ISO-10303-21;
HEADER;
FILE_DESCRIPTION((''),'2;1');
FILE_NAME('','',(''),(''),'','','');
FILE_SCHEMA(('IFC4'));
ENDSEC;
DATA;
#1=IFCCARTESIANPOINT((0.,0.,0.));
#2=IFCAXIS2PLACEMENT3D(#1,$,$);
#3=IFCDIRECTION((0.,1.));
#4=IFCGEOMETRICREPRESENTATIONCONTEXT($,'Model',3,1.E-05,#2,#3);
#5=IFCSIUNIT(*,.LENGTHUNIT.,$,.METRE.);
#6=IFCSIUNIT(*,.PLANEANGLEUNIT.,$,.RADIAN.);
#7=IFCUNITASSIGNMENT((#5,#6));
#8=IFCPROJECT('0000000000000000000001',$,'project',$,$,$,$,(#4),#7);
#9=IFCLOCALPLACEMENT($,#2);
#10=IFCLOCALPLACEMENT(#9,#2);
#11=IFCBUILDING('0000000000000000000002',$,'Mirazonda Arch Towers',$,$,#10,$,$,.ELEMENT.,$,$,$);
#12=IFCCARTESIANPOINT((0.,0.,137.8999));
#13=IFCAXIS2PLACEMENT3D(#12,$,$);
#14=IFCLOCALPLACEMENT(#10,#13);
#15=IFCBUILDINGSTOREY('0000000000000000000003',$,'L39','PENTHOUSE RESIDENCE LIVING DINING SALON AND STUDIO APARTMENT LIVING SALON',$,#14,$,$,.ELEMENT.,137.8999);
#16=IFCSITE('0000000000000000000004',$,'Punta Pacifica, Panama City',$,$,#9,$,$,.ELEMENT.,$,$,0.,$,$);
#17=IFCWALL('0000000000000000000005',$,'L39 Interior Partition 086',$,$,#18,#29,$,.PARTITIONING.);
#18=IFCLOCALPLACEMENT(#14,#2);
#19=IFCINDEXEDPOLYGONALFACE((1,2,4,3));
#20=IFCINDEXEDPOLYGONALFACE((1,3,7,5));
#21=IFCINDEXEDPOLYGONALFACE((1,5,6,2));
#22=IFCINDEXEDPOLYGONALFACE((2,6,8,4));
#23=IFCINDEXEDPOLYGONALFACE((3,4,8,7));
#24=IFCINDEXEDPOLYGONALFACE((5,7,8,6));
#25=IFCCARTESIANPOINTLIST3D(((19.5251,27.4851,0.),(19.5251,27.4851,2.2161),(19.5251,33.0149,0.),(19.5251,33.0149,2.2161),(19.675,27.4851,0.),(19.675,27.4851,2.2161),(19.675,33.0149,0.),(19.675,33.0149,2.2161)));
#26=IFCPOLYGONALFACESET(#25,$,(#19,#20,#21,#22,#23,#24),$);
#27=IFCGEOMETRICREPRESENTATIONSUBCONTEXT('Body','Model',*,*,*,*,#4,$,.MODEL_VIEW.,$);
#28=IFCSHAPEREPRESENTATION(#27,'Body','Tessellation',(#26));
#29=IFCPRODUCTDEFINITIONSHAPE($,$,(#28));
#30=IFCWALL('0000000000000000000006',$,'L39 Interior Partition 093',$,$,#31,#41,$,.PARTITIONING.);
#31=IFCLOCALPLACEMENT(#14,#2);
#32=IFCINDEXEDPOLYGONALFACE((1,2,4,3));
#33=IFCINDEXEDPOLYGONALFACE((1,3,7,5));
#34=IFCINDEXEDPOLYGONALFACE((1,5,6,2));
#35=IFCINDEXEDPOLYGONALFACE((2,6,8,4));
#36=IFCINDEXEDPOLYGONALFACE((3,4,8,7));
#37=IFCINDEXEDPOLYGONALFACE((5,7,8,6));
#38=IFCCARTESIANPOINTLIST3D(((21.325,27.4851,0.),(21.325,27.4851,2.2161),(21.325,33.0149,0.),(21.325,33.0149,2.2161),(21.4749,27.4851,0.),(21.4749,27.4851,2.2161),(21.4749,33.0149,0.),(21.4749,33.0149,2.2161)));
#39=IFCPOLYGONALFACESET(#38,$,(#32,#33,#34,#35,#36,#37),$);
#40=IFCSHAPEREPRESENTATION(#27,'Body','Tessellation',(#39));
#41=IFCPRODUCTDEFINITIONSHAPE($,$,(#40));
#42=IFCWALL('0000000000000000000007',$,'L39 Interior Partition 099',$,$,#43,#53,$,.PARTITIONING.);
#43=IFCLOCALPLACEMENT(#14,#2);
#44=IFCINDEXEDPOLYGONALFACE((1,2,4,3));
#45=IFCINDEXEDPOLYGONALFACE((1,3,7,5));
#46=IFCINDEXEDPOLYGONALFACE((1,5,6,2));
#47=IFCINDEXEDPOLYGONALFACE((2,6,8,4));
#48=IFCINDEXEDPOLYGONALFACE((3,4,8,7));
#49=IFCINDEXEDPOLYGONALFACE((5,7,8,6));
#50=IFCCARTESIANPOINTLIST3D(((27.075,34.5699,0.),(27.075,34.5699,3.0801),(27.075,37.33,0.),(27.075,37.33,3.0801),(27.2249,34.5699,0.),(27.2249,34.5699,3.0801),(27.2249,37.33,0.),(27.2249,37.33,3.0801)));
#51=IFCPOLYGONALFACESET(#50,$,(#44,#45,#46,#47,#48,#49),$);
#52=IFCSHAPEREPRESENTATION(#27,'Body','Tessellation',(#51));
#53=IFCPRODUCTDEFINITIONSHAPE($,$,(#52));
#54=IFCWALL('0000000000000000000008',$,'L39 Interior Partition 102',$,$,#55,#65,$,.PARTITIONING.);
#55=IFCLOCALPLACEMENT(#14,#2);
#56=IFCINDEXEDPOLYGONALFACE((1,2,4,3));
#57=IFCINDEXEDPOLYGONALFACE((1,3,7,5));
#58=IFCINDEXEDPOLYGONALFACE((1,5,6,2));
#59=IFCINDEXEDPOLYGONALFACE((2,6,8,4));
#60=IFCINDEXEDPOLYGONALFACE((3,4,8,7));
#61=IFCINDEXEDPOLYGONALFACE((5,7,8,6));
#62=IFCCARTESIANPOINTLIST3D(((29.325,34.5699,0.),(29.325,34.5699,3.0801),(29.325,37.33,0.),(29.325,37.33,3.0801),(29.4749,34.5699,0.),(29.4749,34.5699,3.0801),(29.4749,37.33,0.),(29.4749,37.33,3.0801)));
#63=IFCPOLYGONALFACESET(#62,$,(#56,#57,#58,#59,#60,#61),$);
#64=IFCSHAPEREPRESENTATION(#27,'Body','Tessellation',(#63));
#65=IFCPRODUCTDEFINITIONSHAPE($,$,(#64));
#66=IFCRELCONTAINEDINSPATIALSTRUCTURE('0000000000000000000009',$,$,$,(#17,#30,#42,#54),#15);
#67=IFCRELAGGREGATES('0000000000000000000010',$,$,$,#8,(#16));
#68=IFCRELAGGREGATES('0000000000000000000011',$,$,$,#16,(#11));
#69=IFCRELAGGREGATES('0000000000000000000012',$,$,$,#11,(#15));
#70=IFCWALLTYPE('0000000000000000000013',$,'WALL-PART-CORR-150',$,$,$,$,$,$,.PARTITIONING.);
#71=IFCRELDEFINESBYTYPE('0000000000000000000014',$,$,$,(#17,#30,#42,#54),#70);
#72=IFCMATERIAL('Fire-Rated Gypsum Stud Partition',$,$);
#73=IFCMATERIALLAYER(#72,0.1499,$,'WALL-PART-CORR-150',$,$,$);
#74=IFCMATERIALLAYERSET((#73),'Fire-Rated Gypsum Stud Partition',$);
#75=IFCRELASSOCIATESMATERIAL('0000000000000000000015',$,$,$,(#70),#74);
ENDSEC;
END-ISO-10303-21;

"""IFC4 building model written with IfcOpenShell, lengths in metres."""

from ifc_helpers import new_model, si_unit, direction, frame, frame_2d, origin, place, context, subcontext, project, spatial, rectangle, extrude, material, layer, layer_set, type_object, element, save


model = new_model("IFC4")

# Units and contexts
model_context = context("Model", 3, precision=1e-05, world=origin(), true_north=direction((0.0, 1.0)))
body_context = subcontext(model_context, "Body", "Model", "MODEL_VIEW")
ifc_project = project(units=[si_unit("LENGTHUNIT", "METRE"), si_unit("PLANEANGLEUNIT", "RADIAN")], contexts=[model_context])

# Site, building, storey
site_placement = place(None, origin())
site = spatial("IfcSite", under=ifc_project, at=site_placement, Name="Punta Pacifica, Panama City", CompositionType="ELEMENT", RefElevation=0.0)
building_placement = place(site_placement, origin())
building = spatial("IfcBuilding", under=site, at=building_placement, Name="Mirazonda Arch Towers", CompositionType="ELEMENT")
storey_placement = place(building_placement, frame((0.0, 0.0, 137.8999)))
storey = spatial("IfcBuildingStorey", under=building, at=storey_placement, Name="L39", Description="PENTHOUSE RESIDENCE LIVING DINING SALON AND STUDIO APARTMENT LIVING SALON", CompositionType="ELEMENT", Elevation=137.8999)

# Shared definitions
ifc_material_1 = material(Name="Fire-Rated Gypsum Stud Partition")
ifc_layer_1 = layer(ifc_material_1, 0.1499, Name="WALL-PART-CORR-150")
ifc_layer_set_1 = layer_set([ifc_layer_1], Name="Fire-Rated Gypsum Stud Partition")
wall_type_1 = type_object("IfcWallType", Name="WALL-PART-CORR-150", PredefinedType="PARTITIONING", material=ifc_layer_set_1)

# Walls
for number, where, z_axis, x_axis, name in (
    (1, (19.6001, 27.4851, 0.0), (0.0, 0.0, 1.0), (0.0, 1.0, 0.0), "L39 Interior Partition 086"),
    (2, (21.3999, 27.4851, 0.0), (0.0, 0.0, 1.0), (0.0, 1.0, 0.0), "L39 Interior Partition 093"),
):
    element("IfcWall", number, at=place(storey_placement, frame(where, z_axis=z_axis, x_axis=x_axis)), inside=storey, type_object=wall_type_1, Name=name, PredefinedType="PARTITIONING", context=body_context, shape_type="SweptSolid", body=[
        extrude(rectangle(XDim=5.5298, YDim=0.1499, at=frame_2d((2.7649, 0.0))), origin(), (0.0, 0.0, 1.0), 2.2161),
    ])
for number, where, z_axis, x_axis, name in (
    (3, (27.1499, 34.5701, 0.0), (0.0, 0.0, 1.0), (0.0, 1.0, 0.0), "L39 Interior Partition 099"),
    (4, (29.3999, 34.5701, 0.0), (0.0, 0.0, 1.0), (0.0, 1.0, 0.0), "L39 Interior Partition 102"),
):
    element("IfcWall", number, at=place(storey_placement, frame(where, z_axis=z_axis, x_axis=x_axis)), inside=storey, type_object=wall_type_1, Name=name, PredefinedType="PARTITIONING", context=body_context, shape_type="SweptSolid", body=[
        extrude(rectangle(XDim=2.76, YDim=0.1499, at=frame_2d((1.3799, 0.0))), origin(), (0.0, 0.0, 1.0), 3.0801),
    ])

save(model, "model.ifc")
